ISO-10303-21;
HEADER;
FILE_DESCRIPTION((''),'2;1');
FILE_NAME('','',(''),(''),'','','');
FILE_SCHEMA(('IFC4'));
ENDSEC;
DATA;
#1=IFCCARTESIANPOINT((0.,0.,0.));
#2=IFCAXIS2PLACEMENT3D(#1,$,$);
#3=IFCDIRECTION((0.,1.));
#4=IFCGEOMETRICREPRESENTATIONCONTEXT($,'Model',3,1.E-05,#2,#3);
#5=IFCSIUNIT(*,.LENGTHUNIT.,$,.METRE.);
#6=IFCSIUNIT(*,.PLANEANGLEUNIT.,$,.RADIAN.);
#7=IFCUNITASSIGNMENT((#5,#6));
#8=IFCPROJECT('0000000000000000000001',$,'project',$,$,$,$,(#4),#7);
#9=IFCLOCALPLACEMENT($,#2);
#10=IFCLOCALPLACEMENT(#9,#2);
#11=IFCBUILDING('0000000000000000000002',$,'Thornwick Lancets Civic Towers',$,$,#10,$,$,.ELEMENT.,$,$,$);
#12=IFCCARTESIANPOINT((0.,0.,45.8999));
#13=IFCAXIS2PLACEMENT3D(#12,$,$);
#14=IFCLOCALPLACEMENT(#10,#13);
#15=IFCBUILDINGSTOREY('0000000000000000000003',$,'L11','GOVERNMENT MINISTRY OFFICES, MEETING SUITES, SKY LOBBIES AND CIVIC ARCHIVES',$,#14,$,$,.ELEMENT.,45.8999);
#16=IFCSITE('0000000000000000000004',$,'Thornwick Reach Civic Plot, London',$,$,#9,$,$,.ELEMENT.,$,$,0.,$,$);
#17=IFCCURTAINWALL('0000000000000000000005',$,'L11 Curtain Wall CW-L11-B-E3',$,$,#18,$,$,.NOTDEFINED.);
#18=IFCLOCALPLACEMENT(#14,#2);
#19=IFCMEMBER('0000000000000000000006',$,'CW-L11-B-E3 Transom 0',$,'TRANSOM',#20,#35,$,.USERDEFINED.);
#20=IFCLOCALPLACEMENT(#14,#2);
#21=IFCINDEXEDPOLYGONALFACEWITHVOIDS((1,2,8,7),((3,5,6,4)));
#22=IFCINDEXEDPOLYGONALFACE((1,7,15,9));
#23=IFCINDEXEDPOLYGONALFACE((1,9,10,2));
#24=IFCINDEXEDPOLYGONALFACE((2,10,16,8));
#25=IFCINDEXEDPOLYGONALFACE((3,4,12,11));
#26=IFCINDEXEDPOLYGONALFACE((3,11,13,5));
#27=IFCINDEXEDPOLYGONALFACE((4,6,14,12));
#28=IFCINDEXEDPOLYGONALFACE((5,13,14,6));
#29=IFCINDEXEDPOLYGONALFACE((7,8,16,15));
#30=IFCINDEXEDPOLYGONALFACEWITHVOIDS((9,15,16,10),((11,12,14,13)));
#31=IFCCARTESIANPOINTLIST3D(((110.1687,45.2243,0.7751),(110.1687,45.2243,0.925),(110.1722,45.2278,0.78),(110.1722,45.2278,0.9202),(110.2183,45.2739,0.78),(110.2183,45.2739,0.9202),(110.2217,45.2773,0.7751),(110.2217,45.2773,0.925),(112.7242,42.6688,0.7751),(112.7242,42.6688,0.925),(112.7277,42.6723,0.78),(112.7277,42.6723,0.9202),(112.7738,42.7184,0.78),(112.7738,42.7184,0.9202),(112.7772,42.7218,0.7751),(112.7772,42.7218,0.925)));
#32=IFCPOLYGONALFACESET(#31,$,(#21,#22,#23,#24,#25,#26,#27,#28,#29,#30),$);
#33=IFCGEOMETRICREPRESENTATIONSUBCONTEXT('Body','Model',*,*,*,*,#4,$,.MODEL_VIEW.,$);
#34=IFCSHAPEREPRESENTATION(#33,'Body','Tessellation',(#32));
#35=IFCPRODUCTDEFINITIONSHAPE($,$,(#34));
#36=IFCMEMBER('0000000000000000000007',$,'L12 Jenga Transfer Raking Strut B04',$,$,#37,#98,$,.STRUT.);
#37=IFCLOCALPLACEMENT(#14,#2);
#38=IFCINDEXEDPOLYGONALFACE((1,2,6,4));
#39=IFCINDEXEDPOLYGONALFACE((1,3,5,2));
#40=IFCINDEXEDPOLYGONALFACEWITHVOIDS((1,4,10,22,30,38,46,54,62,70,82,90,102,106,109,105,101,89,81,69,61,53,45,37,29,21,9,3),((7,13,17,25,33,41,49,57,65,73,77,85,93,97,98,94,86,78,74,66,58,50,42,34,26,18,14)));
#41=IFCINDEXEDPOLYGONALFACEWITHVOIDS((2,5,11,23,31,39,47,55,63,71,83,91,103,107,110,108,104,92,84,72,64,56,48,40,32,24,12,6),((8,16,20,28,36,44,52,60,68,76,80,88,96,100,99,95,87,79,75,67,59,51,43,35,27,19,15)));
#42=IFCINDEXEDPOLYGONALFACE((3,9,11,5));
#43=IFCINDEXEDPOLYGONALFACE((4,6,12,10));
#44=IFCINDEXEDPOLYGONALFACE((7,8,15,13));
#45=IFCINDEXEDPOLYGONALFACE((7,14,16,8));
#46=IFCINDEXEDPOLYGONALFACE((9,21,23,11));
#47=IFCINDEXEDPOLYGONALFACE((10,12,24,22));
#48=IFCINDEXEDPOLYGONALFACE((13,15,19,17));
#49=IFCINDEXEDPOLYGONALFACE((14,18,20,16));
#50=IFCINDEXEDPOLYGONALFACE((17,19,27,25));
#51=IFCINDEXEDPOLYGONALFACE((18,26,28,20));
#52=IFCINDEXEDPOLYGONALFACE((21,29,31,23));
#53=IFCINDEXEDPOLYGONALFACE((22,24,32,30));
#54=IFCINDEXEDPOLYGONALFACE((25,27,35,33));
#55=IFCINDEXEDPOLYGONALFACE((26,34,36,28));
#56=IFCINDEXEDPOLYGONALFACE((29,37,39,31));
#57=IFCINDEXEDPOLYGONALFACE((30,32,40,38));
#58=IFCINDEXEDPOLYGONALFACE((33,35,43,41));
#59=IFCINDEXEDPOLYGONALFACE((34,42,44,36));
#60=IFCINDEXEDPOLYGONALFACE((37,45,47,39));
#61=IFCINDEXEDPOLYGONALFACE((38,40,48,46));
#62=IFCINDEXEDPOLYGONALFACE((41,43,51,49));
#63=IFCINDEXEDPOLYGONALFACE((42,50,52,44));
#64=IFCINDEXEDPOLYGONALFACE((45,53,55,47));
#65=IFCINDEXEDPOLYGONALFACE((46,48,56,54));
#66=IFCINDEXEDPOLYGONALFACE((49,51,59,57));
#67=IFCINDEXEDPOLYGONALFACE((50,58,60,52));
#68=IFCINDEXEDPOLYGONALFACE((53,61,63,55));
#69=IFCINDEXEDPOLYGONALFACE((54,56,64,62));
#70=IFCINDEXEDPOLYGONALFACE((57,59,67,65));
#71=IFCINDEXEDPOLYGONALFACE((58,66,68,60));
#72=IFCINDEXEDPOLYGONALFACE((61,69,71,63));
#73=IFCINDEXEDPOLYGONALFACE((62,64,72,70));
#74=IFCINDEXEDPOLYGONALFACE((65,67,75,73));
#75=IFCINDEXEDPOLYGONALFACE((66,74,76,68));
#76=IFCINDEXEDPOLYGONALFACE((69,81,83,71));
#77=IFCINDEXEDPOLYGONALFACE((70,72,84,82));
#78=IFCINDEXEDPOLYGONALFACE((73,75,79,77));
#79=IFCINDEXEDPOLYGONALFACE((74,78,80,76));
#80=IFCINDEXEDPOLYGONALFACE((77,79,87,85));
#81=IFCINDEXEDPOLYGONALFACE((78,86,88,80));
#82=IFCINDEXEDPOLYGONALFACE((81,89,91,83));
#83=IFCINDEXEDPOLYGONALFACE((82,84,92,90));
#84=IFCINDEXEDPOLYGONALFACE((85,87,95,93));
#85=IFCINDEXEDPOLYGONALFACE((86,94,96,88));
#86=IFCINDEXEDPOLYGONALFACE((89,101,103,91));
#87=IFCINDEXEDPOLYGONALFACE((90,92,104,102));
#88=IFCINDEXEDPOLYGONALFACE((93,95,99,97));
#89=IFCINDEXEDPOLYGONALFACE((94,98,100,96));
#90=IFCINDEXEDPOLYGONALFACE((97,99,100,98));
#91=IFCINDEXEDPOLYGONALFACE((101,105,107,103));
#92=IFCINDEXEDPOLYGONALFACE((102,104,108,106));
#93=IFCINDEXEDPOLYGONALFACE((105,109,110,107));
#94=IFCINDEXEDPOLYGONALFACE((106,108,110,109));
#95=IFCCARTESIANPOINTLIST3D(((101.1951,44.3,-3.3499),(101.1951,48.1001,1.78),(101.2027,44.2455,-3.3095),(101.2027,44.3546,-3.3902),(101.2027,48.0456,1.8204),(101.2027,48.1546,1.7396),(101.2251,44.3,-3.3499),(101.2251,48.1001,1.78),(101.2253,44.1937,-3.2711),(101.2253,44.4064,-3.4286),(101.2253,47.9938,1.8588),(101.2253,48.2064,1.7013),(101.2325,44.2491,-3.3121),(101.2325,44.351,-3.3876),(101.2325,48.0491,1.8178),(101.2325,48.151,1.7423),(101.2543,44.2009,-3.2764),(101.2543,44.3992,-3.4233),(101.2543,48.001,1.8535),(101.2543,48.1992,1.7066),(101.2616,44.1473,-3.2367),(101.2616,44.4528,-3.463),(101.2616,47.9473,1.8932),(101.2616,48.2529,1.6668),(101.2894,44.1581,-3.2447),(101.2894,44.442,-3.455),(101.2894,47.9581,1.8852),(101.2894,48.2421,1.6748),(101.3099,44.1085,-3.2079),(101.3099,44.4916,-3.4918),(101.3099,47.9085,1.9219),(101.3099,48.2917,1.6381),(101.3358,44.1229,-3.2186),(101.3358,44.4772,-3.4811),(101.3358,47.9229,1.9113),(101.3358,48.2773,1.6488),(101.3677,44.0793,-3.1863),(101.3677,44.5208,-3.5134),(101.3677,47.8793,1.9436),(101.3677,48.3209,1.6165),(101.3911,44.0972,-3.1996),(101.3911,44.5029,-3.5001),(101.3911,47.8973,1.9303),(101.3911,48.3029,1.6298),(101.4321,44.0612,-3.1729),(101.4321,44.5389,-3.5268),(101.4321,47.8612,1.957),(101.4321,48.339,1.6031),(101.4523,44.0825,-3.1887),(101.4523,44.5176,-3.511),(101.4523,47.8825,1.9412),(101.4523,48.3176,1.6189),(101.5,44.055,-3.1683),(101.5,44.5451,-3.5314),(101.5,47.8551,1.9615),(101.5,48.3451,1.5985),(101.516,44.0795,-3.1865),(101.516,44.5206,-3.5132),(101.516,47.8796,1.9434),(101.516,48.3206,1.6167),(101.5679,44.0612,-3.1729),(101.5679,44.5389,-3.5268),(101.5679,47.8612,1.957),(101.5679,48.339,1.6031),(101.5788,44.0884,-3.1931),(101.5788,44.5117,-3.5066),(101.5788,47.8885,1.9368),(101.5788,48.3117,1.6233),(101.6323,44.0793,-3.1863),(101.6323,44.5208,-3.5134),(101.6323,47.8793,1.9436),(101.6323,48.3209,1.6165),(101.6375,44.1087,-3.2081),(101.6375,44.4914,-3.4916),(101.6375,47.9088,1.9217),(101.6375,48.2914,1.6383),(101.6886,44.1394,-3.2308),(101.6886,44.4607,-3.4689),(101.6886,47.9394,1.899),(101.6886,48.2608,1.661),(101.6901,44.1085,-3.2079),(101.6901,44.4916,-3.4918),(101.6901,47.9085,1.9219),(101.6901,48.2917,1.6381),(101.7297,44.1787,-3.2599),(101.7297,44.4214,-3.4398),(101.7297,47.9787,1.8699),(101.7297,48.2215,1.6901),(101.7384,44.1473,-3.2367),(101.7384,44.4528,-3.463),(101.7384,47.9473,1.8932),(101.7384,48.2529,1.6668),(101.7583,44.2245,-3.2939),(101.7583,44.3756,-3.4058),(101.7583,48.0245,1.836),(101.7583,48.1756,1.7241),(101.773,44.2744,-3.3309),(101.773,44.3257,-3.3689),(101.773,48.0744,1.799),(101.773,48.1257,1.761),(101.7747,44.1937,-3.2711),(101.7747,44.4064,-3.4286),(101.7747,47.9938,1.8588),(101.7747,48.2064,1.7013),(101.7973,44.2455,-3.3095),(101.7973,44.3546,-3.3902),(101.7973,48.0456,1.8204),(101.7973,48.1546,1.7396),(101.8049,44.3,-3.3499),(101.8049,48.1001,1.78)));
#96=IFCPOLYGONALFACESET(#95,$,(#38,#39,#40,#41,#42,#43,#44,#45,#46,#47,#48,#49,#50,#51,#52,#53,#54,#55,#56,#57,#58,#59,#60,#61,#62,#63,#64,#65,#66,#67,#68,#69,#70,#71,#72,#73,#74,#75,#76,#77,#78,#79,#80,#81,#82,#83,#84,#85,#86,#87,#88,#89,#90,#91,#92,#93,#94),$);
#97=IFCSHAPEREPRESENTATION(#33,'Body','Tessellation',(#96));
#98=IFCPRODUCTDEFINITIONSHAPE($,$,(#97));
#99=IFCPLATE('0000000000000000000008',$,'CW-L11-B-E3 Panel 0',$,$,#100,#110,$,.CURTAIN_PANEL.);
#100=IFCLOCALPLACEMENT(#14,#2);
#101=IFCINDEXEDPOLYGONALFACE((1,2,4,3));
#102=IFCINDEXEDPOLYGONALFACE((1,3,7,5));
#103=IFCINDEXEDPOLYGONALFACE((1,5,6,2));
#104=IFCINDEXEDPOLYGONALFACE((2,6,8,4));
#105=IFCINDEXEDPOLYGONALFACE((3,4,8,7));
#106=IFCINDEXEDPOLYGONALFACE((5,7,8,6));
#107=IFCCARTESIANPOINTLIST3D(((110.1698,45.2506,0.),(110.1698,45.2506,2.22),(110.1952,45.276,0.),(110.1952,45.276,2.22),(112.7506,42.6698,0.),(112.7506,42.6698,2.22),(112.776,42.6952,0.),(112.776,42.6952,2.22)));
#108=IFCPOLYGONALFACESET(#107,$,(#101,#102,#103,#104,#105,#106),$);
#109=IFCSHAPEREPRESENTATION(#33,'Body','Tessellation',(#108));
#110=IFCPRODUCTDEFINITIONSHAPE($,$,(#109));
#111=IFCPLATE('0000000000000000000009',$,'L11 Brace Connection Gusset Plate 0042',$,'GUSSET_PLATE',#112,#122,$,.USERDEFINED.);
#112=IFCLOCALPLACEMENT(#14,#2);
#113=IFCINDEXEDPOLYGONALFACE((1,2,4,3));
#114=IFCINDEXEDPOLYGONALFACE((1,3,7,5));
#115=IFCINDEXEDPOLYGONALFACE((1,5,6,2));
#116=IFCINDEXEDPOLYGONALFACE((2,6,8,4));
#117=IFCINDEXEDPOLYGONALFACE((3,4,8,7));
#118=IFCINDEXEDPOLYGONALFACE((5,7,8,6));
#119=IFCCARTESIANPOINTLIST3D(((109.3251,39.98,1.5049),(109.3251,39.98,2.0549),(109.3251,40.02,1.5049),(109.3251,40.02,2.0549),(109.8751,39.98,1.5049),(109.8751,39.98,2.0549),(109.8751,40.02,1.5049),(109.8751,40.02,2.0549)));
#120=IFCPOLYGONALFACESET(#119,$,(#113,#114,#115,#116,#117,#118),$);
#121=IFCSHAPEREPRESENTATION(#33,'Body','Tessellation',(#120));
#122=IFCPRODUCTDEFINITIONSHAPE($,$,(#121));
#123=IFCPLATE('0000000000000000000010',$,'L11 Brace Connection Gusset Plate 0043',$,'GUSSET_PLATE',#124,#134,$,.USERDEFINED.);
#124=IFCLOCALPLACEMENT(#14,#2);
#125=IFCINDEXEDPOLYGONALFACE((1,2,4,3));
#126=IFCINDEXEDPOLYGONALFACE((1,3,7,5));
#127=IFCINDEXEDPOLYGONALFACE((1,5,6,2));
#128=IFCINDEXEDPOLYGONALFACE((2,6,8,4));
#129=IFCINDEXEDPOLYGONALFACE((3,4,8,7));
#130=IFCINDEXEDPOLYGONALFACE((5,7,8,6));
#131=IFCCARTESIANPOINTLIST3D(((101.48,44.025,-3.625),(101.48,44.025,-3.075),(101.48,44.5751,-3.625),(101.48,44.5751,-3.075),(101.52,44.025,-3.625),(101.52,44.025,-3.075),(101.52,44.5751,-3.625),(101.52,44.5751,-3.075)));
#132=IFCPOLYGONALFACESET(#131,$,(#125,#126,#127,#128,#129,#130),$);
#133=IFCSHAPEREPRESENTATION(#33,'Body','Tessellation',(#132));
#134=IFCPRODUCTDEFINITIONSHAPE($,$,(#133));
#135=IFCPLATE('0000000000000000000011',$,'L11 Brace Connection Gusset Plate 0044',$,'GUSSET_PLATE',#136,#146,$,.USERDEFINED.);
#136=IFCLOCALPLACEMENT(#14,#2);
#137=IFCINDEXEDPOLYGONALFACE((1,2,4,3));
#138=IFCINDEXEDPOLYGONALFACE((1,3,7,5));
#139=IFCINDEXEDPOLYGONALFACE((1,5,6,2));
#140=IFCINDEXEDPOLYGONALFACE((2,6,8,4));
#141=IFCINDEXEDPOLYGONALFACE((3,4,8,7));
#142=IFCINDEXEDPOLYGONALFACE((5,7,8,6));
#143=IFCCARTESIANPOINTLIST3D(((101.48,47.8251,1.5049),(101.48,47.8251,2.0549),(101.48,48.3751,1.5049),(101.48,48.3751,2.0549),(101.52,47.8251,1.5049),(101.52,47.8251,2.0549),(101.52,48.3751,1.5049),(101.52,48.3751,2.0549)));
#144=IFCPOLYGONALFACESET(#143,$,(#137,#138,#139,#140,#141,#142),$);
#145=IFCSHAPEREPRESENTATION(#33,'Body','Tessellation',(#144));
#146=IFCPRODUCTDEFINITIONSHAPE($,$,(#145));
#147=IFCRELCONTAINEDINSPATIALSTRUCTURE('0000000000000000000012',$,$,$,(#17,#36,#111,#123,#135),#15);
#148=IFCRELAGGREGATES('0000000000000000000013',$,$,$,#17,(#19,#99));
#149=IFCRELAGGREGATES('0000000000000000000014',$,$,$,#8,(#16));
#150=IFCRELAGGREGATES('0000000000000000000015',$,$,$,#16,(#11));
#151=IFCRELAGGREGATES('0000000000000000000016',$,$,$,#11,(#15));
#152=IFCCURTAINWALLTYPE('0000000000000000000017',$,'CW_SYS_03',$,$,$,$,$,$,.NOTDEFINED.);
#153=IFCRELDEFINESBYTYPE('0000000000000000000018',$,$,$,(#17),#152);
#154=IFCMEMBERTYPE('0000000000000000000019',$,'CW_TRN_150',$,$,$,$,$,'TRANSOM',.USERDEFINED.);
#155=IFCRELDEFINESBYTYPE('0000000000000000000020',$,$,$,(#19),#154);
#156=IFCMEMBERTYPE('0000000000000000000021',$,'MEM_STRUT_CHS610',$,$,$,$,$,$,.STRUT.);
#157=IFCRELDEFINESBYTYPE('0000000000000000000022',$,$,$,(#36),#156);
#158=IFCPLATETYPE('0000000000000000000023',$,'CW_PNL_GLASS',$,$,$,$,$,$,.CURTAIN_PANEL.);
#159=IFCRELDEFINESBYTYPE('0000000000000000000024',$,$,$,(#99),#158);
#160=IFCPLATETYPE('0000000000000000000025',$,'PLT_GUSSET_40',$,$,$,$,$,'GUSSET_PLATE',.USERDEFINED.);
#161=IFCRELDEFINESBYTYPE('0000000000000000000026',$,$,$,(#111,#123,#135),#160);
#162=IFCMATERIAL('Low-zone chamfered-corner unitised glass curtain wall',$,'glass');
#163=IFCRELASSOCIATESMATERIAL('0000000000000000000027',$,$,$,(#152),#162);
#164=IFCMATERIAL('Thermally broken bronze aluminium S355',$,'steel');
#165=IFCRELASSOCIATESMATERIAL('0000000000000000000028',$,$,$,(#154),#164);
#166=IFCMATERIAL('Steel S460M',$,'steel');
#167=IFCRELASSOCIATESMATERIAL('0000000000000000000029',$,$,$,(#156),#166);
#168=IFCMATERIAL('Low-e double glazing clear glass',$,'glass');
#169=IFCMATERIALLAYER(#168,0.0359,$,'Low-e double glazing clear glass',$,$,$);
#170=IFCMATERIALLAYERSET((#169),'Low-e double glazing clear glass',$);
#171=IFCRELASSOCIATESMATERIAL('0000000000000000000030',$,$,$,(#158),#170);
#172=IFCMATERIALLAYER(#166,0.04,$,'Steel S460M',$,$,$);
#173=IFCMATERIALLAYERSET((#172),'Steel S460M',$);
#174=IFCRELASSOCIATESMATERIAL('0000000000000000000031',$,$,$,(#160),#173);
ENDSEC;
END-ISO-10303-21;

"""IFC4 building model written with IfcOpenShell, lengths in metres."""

from ifc_helpers import new_model, si_unit, direction, frame, origin, origin_2d, place, context, subcontext, project, spatial, rectangle, hollow_rectangle, hollow_circle, extrude, material, layer, layer_set, material_profile, profile_set, type_object, element, aggregate, save


model = new_model("IFC4")

# Units and contexts
model_context = context("Model", 3, precision=1e-05, world=origin(), true_north=direction((0.0, 1.0)))
body_context = subcontext(model_context, "Body", "Model", "MODEL_VIEW")
ifc_project = project(units=[si_unit("LENGTHUNIT", "METRE"), si_unit("PLANEANGLEUNIT", "RADIAN")], contexts=[model_context])

# Site, building, storey
site_placement = place(None, origin())
site = spatial("IfcSite", under=ifc_project, at=site_placement, Name="Thornwick Reach Civic Plot, London", CompositionType="ELEMENT", RefElevation=0.0)
building_placement = place(site_placement, origin())
building = spatial("IfcBuilding", under=site, at=building_placement, Name="Thornwick Lancets Civic Towers", CompositionType="ELEMENT")
storey_placement = place(building_placement, frame((0.0, 0.0, 45.8999)))
storey = spatial("IfcBuildingStorey", under=building, at=storey_placement, Name="L11", Description="GOVERNMENT MINISTRY OFFICES, MEETING SUITES, SKY LOBBIES AND CIVIC ARCHIVES", CompositionType="ELEMENT", Elevation=45.8999)

# Shared definitions
ifc_material_1 = material(Name="Steel S460M", Category="steel")

# Curtain wall, member
ifc_material_2 = material(Name="Low-zone chamfered-corner unitised glass curtain wall", Category="glass")
curtain_wall_type = type_object("IfcCurtainWallType", Name="CW_SYS_03", PredefinedType="NOTDEFINED", material=ifc_material_2)
curtain_wall_placement = place(storey_placement, origin())
curtain_wall = element("IfcCurtainWall", 1, at=curtain_wall_placement, inside=storey, type_object=curtain_wall_type, Name="L11 Curtain Wall CW-L11-B-E3", PredefinedType="NOTDEFINED")
ifc_material_3 = material(Name="Thermally broken bronze aluminium S355", Category="steel")
ifc_material_profile_1 = material_profile(ifc_material_3, hollow_rectangle(XDim=0.075, YDim=0.1499, WallThickness=0.0049, at=origin_2d()), Name="RHS 150x75x5")
ifc_profile_set_1 = profile_set([ifc_material_profile_1], Name="Thermally broken bronze aluminium S355")
member_type_1 = type_object("IfcMemberType", Name="CW_TRN_150", ElementType="TRANSOM", PredefinedType="USERDEFINED", material=ifc_profile_set_1)
member_1_placement = place(storey_placement, frame((112.7507, 42.6953, 0.8501), z_axis=(-0.707107, 0.707107, 0.0), x_axis=(-0.707107, -0.707107, 0.0)))
member_1 = element("IfcMember", 2, at=member_1_placement, type_object=member_type_1, Name="CW-L11-B-E3 Transom 0", ObjectType="TRANSOM", PredefinedType="USERDEFINED", context=body_context, shape_type="SweptSolid", body=[
    extrude(hollow_rectangle(XDim=0.075, YDim=0.1499, WallThickness=0.0049, at=origin_2d()), origin(), (0.0, 0.0, 1.0), 3.614),
])

# Member
ifc_material_profile_2 = material_profile(ifc_material_1, hollow_circle(Radius=0.3049, WallThickness=0.03, at=origin_2d()), Name="CHS 610x30")
ifc_profile_set_2 = profile_set([ifc_material_profile_2], Name="Steel S460M")
member_type_2 = type_object("IfcMemberType", Name="MEM_STRUT_CHS610", PredefinedType="STRUT", material=ifc_profile_set_2)
member_2_placement = place(storey_placement, frame((101.5, 44.3, -3.3499), z_axis=(0.0, 0.595241, 0.803547), x_axis=(-1.0, 0.0, 0.0)))
element("IfcMember", 3, at=member_2_placement, inside=storey, type_object=member_type_2, Name="L12 Jenga Transfer Raking Strut B04", PredefinedType="STRUT", context=body_context, shape_type="SweptSolid", body=[
    extrude(hollow_circle(Radius=0.3049, WallThickness=0.03, at=origin_2d()), origin(), (0.0, 0.0, 1.0), 6.384),
])

# Plate
ifc_material_4 = material(Name="Low-e double glazing clear glass", Category="glass")
ifc_layer_1 = layer(ifc_material_4, 0.0359, Name="Low-e double glazing clear glass")
ifc_layer_set_1 = layer_set([ifc_layer_1], Name="Low-e double glazing clear glass")
plate_type_1 = type_object("IfcPlateType", Name="CW_PNL_GLASS", PredefinedType="CURTAIN_PANEL", material=ifc_layer_set_1)
plate_placement = place(storey_placement, frame((111.4729, 43.9729, 0.0), z_axis=(0.0, 0.0, 1.0), x_axis=(-0.707107, 0.707107, 0.0)))
plate = element("IfcPlate", 4, at=plate_placement, type_object=plate_type_1, Name="CW-L11-B-E3 Panel 0", PredefinedType="CURTAIN_PANEL", context=body_context, shape_type="SweptSolid", body=[
    extrude(rectangle(XDim=3.6499, YDim=0.0359, at=origin_2d()), origin(), (0.0, 0.0, 1.0), 2.22),
])
aggregate(curtain_wall, [member_1, plate])

# Plates
ifc_layer_2 = layer(ifc_material_1, 0.04, Name="Steel S460M")
ifc_layer_set_2 = layer_set([ifc_layer_2], Name="Steel S460M")
plate_type_2 = type_object("IfcPlateType", Name="PLT_GUSSET_40", ElementType="GUSSET_PLATE", PredefinedType="USERDEFINED", material=ifc_layer_set_2)
for number, where, z_axis, x_axis, name in (
    (5, (109.6001, 40.0, 1.5049), (0.0, 0.0, 1.0), (1.0, 0.0, 0.0), "L11 Brace Connection Gusset Plate 0042"),
    (6, (101.5, 44.3, -3.625), (0.0, 0.0, 1.0), (0.0, 1.0, 0.0), "L11 Brace Connection Gusset Plate 0043"),
    (7, (101.5, 48.1001, 1.5049), (0.0, 0.0, 1.0), (0.0, 1.0, 0.0), "L11 Brace Connection Gusset Plate 0044"),
):
    element("IfcPlate", number, at=place(storey_placement, frame(where, z_axis=z_axis, x_axis=x_axis)), inside=storey, type_object=plate_type_2, Name=name, ObjectType="GUSSET_PLATE", PredefinedType="USERDEFINED", context=body_context, shape_type="SweptSolid", body=[
        extrude(rectangle(XDim=0.55, YDim=0.04, at=origin_2d()), origin(), (0.0, 0.0, 1.0), 0.55),
    ])

save(model, "model.ifc")
